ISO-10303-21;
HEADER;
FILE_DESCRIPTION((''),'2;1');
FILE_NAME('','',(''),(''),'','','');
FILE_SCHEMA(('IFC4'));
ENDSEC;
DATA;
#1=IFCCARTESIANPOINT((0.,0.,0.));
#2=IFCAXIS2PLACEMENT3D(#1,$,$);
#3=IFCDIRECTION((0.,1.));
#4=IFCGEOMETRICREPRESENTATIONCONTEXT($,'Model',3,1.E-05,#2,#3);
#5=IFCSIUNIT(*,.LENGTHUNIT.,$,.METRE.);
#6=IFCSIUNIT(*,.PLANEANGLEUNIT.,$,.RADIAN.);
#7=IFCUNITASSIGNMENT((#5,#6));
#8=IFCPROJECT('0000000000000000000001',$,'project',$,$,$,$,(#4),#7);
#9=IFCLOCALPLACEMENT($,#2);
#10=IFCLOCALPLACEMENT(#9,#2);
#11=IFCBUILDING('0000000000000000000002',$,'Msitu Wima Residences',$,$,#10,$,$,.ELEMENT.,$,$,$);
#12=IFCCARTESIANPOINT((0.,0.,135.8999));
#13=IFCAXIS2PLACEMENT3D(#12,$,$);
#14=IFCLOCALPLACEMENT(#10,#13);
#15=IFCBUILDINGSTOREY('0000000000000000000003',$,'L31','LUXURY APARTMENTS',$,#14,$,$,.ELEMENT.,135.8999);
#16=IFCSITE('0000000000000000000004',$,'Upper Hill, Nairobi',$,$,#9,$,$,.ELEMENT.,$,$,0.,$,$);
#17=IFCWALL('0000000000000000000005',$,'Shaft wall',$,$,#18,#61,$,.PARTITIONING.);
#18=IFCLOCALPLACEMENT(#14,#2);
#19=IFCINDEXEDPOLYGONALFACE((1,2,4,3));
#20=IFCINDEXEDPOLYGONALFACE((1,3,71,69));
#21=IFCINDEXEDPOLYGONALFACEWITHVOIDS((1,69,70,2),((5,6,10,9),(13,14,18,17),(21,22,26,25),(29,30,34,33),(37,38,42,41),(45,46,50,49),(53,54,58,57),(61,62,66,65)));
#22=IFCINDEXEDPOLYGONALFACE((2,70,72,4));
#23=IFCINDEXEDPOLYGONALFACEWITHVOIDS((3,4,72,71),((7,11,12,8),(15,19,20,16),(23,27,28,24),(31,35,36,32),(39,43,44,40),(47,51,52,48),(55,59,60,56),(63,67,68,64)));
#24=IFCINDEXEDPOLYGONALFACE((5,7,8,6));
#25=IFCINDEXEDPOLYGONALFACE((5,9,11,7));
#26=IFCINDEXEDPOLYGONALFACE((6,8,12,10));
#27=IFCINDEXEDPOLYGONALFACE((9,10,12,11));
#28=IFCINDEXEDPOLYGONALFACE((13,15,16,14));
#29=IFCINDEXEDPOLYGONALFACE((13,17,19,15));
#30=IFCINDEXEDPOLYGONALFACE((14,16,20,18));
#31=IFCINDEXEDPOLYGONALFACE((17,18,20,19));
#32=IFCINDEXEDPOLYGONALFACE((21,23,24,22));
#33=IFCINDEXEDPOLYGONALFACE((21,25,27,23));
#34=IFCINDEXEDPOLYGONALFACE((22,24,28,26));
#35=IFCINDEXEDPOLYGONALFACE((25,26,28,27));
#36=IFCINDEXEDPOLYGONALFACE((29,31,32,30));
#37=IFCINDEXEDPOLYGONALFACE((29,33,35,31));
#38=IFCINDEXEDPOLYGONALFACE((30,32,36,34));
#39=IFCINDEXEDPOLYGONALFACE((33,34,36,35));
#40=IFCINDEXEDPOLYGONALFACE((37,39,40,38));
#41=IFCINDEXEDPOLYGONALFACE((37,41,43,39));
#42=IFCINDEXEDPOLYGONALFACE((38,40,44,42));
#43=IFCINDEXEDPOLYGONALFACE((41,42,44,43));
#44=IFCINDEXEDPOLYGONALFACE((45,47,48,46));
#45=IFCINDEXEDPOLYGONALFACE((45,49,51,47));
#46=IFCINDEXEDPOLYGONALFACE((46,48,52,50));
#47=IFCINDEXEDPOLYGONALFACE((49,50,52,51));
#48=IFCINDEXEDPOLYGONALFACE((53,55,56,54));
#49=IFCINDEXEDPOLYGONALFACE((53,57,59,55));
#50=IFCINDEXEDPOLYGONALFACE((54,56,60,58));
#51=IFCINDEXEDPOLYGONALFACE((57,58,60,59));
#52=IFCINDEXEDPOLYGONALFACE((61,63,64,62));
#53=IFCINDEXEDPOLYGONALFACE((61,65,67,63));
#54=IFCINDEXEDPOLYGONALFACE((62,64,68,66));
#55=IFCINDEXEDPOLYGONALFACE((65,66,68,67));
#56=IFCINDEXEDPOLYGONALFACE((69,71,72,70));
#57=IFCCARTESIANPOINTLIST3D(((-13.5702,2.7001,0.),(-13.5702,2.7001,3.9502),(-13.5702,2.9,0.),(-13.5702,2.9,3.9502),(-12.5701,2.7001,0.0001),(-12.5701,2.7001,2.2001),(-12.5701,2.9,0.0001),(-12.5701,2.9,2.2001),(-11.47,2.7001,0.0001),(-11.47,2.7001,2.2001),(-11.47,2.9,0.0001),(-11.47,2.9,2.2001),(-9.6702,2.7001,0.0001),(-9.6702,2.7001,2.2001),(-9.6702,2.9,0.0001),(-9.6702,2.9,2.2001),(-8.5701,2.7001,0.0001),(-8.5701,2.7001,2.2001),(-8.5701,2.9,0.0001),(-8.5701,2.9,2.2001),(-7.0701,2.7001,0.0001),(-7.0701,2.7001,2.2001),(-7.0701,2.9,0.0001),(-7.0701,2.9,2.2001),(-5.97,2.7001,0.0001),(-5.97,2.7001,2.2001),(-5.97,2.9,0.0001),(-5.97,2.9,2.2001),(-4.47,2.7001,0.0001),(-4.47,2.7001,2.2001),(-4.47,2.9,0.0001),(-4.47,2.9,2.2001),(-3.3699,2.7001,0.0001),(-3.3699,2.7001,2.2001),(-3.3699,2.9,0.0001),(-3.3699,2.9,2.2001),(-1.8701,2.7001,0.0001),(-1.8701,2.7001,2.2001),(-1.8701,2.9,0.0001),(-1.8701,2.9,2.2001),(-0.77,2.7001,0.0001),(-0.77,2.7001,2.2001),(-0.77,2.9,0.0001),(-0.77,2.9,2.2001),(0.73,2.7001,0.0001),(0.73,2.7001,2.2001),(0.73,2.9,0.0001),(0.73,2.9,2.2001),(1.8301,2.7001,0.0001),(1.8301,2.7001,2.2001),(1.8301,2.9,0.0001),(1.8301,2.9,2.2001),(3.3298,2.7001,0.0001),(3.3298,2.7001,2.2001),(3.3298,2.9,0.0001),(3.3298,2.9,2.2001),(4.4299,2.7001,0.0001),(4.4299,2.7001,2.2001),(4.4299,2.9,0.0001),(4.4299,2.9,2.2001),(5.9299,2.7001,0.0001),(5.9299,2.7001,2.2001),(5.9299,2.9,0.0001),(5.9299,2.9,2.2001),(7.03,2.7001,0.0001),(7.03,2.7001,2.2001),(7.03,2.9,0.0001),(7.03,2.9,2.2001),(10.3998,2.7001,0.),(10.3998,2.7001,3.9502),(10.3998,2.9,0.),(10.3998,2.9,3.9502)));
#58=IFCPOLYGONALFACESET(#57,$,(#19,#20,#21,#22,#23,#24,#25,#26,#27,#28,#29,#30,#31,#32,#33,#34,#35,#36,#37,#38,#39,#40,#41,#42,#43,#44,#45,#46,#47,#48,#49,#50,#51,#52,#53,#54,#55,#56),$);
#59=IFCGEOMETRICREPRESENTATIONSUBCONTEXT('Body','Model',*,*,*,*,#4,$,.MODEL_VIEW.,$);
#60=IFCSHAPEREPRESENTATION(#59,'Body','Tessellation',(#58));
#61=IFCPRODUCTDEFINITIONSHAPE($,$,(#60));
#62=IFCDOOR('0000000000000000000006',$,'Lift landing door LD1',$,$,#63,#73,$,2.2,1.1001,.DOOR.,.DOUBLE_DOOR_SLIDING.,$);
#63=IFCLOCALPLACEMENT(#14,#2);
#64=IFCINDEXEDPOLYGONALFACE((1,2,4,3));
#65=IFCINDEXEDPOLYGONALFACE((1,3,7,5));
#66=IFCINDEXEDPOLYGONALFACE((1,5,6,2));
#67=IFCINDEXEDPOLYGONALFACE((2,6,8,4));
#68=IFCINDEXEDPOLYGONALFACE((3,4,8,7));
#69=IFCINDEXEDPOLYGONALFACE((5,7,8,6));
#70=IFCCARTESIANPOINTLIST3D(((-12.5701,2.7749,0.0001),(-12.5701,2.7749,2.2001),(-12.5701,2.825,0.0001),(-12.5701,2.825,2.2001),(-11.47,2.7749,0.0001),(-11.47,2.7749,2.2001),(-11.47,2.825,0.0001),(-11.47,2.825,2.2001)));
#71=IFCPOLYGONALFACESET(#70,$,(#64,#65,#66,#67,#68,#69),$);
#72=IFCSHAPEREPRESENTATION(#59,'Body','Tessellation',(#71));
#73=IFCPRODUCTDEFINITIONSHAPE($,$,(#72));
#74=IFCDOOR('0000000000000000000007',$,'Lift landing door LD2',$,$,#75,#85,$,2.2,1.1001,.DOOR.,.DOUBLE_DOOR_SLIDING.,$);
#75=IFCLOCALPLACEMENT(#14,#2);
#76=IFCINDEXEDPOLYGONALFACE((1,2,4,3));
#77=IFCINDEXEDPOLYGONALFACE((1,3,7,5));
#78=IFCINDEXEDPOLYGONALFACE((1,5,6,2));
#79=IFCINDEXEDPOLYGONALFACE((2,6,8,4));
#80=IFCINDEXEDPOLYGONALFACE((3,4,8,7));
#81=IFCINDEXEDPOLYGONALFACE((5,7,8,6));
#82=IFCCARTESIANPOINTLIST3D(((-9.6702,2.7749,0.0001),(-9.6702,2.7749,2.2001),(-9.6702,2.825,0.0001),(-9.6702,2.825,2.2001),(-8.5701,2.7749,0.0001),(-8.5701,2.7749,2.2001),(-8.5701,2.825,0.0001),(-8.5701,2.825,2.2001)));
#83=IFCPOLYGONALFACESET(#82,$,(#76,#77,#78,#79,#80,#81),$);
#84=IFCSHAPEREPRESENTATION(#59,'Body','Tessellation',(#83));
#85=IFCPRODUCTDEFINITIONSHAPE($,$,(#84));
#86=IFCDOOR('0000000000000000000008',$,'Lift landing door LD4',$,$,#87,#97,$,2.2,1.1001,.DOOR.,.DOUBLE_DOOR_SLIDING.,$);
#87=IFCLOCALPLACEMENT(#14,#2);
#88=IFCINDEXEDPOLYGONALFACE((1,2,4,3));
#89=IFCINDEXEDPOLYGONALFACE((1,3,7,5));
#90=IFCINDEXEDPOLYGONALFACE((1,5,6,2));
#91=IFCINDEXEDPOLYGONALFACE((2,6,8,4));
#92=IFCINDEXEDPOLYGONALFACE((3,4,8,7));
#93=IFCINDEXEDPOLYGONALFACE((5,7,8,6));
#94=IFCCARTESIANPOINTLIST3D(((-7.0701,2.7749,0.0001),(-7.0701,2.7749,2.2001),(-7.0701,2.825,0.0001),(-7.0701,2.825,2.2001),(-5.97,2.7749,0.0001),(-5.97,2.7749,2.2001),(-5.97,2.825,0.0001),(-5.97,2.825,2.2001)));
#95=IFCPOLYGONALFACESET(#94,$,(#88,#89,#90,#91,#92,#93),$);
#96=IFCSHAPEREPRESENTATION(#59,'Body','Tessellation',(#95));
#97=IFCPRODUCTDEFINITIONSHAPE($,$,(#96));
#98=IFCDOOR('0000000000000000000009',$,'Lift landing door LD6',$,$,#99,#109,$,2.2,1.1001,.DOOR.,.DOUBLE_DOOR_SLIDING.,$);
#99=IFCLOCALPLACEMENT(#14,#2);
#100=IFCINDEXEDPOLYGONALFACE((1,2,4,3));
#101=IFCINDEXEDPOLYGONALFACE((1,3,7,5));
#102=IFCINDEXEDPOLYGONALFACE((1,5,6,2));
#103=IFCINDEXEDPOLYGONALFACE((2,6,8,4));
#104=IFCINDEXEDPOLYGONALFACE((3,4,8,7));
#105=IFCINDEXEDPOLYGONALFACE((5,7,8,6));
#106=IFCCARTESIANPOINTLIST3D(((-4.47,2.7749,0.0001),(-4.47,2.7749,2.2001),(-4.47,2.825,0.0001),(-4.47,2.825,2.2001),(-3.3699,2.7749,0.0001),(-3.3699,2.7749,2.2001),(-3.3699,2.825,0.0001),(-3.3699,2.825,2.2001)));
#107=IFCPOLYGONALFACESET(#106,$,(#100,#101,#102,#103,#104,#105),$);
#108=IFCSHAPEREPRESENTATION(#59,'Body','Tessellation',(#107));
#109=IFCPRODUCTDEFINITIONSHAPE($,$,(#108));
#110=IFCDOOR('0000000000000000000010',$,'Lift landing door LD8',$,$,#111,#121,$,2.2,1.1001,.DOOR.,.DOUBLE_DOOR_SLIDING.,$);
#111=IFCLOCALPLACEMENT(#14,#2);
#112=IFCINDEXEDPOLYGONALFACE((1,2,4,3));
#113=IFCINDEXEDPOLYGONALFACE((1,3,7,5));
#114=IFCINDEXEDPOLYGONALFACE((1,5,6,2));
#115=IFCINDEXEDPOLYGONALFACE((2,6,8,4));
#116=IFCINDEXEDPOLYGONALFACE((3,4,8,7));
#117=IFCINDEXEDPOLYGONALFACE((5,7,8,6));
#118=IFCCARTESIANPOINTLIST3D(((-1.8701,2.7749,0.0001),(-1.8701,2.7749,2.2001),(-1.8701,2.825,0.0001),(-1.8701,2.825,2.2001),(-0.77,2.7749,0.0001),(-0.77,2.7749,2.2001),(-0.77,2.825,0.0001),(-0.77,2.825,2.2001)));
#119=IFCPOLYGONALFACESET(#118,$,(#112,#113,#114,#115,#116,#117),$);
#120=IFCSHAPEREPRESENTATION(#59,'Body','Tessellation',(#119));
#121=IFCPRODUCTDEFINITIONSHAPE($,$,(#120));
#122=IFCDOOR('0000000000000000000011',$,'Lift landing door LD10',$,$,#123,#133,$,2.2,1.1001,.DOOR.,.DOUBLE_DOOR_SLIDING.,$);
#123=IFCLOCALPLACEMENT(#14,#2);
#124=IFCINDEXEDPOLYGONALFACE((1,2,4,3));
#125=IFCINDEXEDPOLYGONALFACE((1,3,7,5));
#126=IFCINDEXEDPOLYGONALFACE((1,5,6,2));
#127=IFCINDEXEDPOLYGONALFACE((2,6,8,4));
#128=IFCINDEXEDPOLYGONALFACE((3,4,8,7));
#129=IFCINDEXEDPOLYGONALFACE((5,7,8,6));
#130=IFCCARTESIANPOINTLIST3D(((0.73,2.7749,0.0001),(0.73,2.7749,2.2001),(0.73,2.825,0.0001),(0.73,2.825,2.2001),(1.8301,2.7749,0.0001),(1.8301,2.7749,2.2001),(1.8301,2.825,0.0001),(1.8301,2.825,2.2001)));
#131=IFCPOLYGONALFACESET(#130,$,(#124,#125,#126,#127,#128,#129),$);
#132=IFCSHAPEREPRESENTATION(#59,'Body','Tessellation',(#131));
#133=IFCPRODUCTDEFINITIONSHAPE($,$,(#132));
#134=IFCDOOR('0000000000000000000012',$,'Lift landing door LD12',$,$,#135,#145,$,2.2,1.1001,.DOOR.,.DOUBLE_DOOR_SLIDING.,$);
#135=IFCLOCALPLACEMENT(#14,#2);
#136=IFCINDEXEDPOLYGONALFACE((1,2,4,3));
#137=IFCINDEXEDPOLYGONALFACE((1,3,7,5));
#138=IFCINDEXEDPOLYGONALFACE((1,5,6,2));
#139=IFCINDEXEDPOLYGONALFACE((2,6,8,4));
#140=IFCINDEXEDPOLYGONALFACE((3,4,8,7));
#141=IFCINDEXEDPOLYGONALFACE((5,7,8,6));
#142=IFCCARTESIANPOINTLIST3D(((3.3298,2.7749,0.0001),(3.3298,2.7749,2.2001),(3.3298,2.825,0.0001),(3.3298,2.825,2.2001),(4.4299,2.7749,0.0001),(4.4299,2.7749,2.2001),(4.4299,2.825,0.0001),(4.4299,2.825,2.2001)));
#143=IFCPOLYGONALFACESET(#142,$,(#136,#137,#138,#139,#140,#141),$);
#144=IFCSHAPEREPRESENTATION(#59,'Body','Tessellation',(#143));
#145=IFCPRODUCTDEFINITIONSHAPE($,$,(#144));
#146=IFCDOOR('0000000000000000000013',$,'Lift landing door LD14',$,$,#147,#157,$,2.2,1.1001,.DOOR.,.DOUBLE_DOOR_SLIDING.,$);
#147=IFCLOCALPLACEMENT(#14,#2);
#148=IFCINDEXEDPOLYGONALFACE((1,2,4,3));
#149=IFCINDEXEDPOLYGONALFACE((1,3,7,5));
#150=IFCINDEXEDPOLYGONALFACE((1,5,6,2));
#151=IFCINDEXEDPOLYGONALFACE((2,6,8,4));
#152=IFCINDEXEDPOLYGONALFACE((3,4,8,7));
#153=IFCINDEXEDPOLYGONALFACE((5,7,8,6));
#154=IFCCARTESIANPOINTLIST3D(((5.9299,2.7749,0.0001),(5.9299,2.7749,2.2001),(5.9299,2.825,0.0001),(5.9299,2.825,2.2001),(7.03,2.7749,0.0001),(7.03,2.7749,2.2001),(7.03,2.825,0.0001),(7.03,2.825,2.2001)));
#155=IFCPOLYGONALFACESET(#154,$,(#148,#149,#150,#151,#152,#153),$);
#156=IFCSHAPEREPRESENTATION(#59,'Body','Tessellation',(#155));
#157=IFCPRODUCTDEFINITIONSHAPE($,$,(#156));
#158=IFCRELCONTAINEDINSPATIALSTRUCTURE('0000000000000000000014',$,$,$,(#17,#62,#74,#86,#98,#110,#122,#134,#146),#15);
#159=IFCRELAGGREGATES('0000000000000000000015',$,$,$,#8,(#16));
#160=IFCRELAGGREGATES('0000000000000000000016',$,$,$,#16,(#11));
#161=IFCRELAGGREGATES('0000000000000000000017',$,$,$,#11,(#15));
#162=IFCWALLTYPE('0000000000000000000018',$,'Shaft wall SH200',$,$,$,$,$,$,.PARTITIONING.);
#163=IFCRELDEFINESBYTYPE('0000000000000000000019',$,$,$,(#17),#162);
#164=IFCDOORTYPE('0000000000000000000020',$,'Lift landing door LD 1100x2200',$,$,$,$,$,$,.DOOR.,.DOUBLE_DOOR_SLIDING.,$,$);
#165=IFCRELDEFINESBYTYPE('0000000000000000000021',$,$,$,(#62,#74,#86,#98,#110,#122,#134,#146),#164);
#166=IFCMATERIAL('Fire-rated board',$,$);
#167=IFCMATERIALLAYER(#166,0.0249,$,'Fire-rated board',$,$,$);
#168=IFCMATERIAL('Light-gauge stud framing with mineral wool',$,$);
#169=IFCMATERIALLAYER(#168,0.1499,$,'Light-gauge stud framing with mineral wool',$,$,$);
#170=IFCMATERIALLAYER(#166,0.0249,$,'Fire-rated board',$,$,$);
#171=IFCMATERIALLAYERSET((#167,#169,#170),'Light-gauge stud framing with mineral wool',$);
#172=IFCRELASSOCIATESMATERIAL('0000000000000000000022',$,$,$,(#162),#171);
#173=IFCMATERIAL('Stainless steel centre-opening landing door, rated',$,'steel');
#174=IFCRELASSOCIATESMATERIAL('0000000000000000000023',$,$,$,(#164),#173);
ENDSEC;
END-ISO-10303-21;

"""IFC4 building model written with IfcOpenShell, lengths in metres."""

from ifc_helpers import new_model, si_unit, direction, frame, frame_2d, origin, place, context, subcontext, project, spatial, rectangle, extrude, material, layer, layer_set, type_object, element, fill, save


model = new_model("IFC4")

# Units and contexts
model_context = context("Model", 3, precision=1e-05, world=origin(), true_north=direction((0.0, 1.0)))
body_context = subcontext(model_context, "Body", "Model", "MODEL_VIEW")
ifc_project = project(units=[si_unit("LENGTHUNIT", "METRE"), si_unit("PLANEANGLEUNIT", "RADIAN")], contexts=[model_context])

# Site, building, storey
site_placement = place(None, origin())
site = spatial("IfcSite", under=ifc_project, at=site_placement, Name="Upper Hill, Nairobi", CompositionType="ELEMENT", RefElevation=0.0)
building_placement = place(site_placement, origin())
building = spatial("IfcBuilding", under=site, at=building_placement, Name="Msitu Wima Residences", CompositionType="ELEMENT")
storey_placement = place(building_placement, frame((0.0, 0.0, 135.8999)))
storey = spatial("IfcBuildingStorey", under=building, at=storey_placement, Name="L31", Description="LUXURY APARTMENTS", CompositionType="ELEMENT", Elevation=135.8999)

# Shared definitions
ifc_material_1 = material(Name="Fire-rated board")
ifc_layer_1 = layer(ifc_material_1, 0.0249, Name="Fire-rated board")
ifc_material_2 = material(Name="Light-gauge stud framing with mineral wool")
ifc_layer_2 = layer(ifc_material_2, 0.1499, Name="Light-gauge stud framing with mineral wool")
ifc_layer_3 = layer(ifc_material_1, 0.0249, Name="Fire-rated board")
ifc_layer_set_1 = layer_set([ifc_layer_1, ifc_layer_2, ifc_layer_3], Name="Light-gauge stud framing with mineral wool")
wall_type_1 = type_object("IfcWallType", Name="Shaft wall SH200", PredefinedType="PARTITIONING", material=ifc_layer_set_1)

# Wall, openings, doors
wall_1_placement = place(storey_placement, frame((-13.5701, 2.8, 0.0), z_axis=(0.0, 0.0, 1.0), x_axis=(1.0, 0.0, 0.0)))
wall_1 = element("IfcWall", 1, at=wall_1_placement, inside=storey, type_object=wall_type_1, Name="Shaft wall", PredefinedType="PARTITIONING", context=body_context, shape_type="SweptSolid", body=[
    extrude(rectangle(XDim=23.97, YDim=0.2, at=frame_2d((11.9849, 0.0))), origin(), (0.0, 0.0, 1.0), 3.9502),
])
opening_1_placement = place(wall_1_placement, frame((1.0, 0.0, 0.0)))
opening_1 = element("IfcOpeningElement", 2, at=opening_1_placement, cuts=wall_1, PredefinedType="OPENING", context=body_context, shape_type="SweptSolid", body=[
    extrude(rectangle(XDim=1.1001, YDim=2.2, at=frame_2d((0.55, 1.1001))), frame((0.0, 0.1099, 0.0), z_axis=(0.0, -1.0, 0.0), x_axis=(1.0, 0.0, 0.0)), (0.0, 0.0, 1.0), 0.22),
])
opening_2_placement = place(wall_1_placement, frame((3.8999, 0.0, 0.0)))
opening_2 = element("IfcOpeningElement", 3, at=opening_2_placement, cuts=wall_1, PredefinedType="OPENING", context=body_context, shape_type="SweptSolid", body=[
    extrude(rectangle(XDim=1.1001, YDim=2.2, at=frame_2d((0.55, 1.1001))), frame((0.0, 0.1099, 0.0), z_axis=(0.0, -1.0, 0.0), x_axis=(1.0, 0.0, 0.0)), (0.0, 0.0, 1.0), 0.22),
])
opening_3_placement = place(wall_1_placement, frame((6.5, 0.0, 0.0)))
opening_3 = element("IfcOpeningElement", 4, at=opening_3_placement, cuts=wall_1, PredefinedType="OPENING", context=body_context, shape_type="SweptSolid", body=[
    extrude(rectangle(XDim=1.1001, YDim=2.2, at=frame_2d((0.55, 1.1001))), frame((0.0, 0.1099, 0.0), z_axis=(0.0, -1.0, 0.0), x_axis=(1.0, 0.0, 0.0)), (0.0, 0.0, 1.0), 0.22),
])
opening_4_placement = place(wall_1_placement, frame((9.1001, 0.0, 0.0)))
opening_4 = element("IfcOpeningElement", 5, at=opening_4_placement, cuts=wall_1, PredefinedType="OPENING", context=body_context, shape_type="SweptSolid", body=[
    extrude(rectangle(XDim=1.1001, YDim=2.2, at=frame_2d((0.55, 1.1001))), frame((0.0, 0.1099, 0.0), z_axis=(0.0, -1.0, 0.0), x_axis=(1.0, 0.0, 0.0)), (0.0, 0.0, 1.0), 0.22),
])
opening_5_placement = place(wall_1_placement, frame((11.7, 0.0, 0.0)))
opening_5 = element("IfcOpeningElement", 6, at=opening_5_placement, cuts=wall_1, PredefinedType="OPENING", context=body_context, shape_type="SweptSolid", body=[
    extrude(rectangle(XDim=1.1001, YDim=2.2, at=frame_2d((0.55, 1.1001))), frame((0.0, 0.1099, 0.0), z_axis=(0.0, -1.0, 0.0), x_axis=(1.0, 0.0, 0.0)), (0.0, 0.0, 1.0), 0.22),
])
opening_6_placement = place(wall_1_placement, frame((14.3, 0.0, 0.0)))
opening_6 = element("IfcOpeningElement", 7, at=opening_6_placement, cuts=wall_1, PredefinedType="OPENING", context=body_context, shape_type="SweptSolid", body=[
    extrude(rectangle(XDim=1.1001, YDim=2.2, at=frame_2d((0.55, 1.1001))), frame((0.0, 0.1099, 0.0), z_axis=(0.0, -1.0, 0.0), x_axis=(1.0, 0.0, 0.0)), (0.0, 0.0, 1.0), 0.22),
])
opening_7_placement = place(wall_1_placement, frame((16.8999, 0.0, 0.0)))
opening_7 = element("IfcOpeningElement", 8, at=opening_7_placement, cuts=wall_1, PredefinedType="OPENING", context=body_context, shape_type="SweptSolid", body=[
    extrude(rectangle(XDim=1.1001, YDim=2.2, at=frame_2d((0.55, 1.1001))), frame((0.0, 0.1099, 0.0), z_axis=(0.0, -1.0, 0.0), x_axis=(1.0, 0.0, 0.0)), (0.0, 0.0, 1.0), 0.22),
])
opening_8_placement = place(wall_1_placement, frame((19.5, 0.0, 0.0)))
opening_8 = element("IfcOpeningElement", 9, at=opening_8_placement, cuts=wall_1, PredefinedType="OPENING", context=body_context, shape_type="SweptSolid", body=[
    extrude(rectangle(XDim=1.1001, YDim=2.2, at=frame_2d((0.55, 1.1001))), frame((0.0, 0.1099, 0.0), z_axis=(0.0, -1.0, 0.0), x_axis=(1.0, 0.0, 0.0)), (0.0, 0.0, 1.0), 0.22),
])
ifc_material_3 = material(Name="Stainless steel centre-opening landing door, rated", Category="steel")
door_type_1 = type_object("IfcDoorType", Name="Lift landing door LD 1100x2200", OperationType="DOUBLE_DOOR_SLIDING", PredefinedType="DOOR", material=ifc_material_3)
door_1_placement = place(opening_1_placement, origin())
door_1 = element("IfcDoor", 10, at=door_1_placement, inside=storey, type_object=door_type_1, Name="Lift landing door LD1", OperationType="DOUBLE_DOOR_SLIDING", OverallHeight=2.2, OverallWidth=1.1001, PredefinedType="DOOR", context=body_context, shape_type="SweptSolid", body=[
    extrude(rectangle(XDim=1.1001, YDim=2.2, at=frame_2d((0.55, 1.1001))), frame((0.0, 0.0249, 0.0), z_axis=(0.0, -1.0, 0.0), x_axis=(1.0, 0.0, 0.0)), (0.0, 0.0, 1.0), 0.05),
])
fill(opening_1, door_1)
door_2_placement = place(opening_2_placement, origin())
door_2 = element("IfcDoor", 11, at=door_2_placement, inside=storey, type_object=door_type_1, Name="Lift landing door LD2", OperationType="DOUBLE_DOOR_SLIDING", OverallHeight=2.2, OverallWidth=1.1001, PredefinedType="DOOR", context=body_context, shape_type="SweptSolid", body=[
    extrude(rectangle(XDim=1.1001, YDim=2.2, at=frame_2d((0.55, 1.1001))), frame((0.0, 0.0249, 0.0), z_axis=(0.0, -1.0, 0.0), x_axis=(1.0, 0.0, 0.0)), (0.0, 0.0, 1.0), 0.05),
])
fill(opening_2, door_2)
door_3_placement = place(opening_3_placement, origin())
door_3 = element("IfcDoor", 12, at=door_3_placement, inside=storey, type_object=door_type_1, Name="Lift landing door LD4", OperationType="DOUBLE_DOOR_SLIDING", OverallHeight=2.2, OverallWidth=1.1001, PredefinedType="DOOR", context=body_context, shape_type="SweptSolid", body=[
    extrude(rectangle(XDim=1.1001, YDim=2.2, at=frame_2d((0.55, 1.1001))), frame((0.0, 0.0249, 0.0), z_axis=(0.0, -1.0, 0.0), x_axis=(1.0, 0.0, 0.0)), (0.0, 0.0, 1.0), 0.05),
])
fill(opening_3, door_3)
door_4_placement = place(opening_4_placement, origin())
door_4 = element("IfcDoor", 13, at=door_4_placement, inside=storey, type_object=door_type_1, Name="Lift landing door LD6", OperationType="DOUBLE_DOOR_SLIDING", OverallHeight=2.2, OverallWidth=1.1001, PredefinedType="DOOR", context=body_context, shape_type="SweptSolid", body=[
    extrude(rectangle(XDim=1.1001, YDim=2.2, at=frame_2d((0.55, 1.1001))), frame((0.0, 0.0249, 0.0), z_axis=(0.0, -1.0, 0.0), x_axis=(1.0, 0.0, 0.0)), (0.0, 0.0, 1.0), 0.05),
])
fill(opening_4, door_4)
door_5_placement = place(opening_5_placement, origin())
door_5 = element("IfcDoor", 14, at=door_5_placement, inside=storey, type_object=door_type_1, Name="Lift landing door LD8", OperationType="DOUBLE_DOOR_SLIDING", OverallHeight=2.2, OverallWidth=1.1001, PredefinedType="DOOR", context=body_context, shape_type="SweptSolid", body=[
    extrude(rectangle(XDim=1.1001, YDim=2.2, at=frame_2d((0.55, 1.1001))), frame((0.0, 0.0249, 0.0), z_axis=(0.0, -1.0, 0.0), x_axis=(1.0, 0.0, 0.0)), (0.0, 0.0, 1.0), 0.05),
])
fill(opening_5, door_5)
door_6_placement = place(opening_6_placement, origin())
door_6 = element("IfcDoor", 15, at=door_6_placement, inside=storey, type_object=door_type_1, Name="Lift landing door LD10", OperationType="DOUBLE_DOOR_SLIDING", OverallHeight=2.2, OverallWidth=1.1001, PredefinedType="DOOR", context=body_context, shape_type="SweptSolid", body=[
    extrude(rectangle(XDim=1.1001, YDim=2.2, at=frame_2d((0.55, 1.1001))), frame((0.0, 0.0249, 0.0), z_axis=(0.0, -1.0, 0.0), x_axis=(1.0, 0.0, 0.0)), (0.0, 0.0, 1.0), 0.05),
])
fill(opening_6, door_6)
door_7_placement = place(opening_7_placement, origin())
door_7 = element("IfcDoor", 16, at=door_7_placement, inside=storey, type_object=door_type_1, Name="Lift landing door LD12", OperationType="DOUBLE_DOOR_SLIDING", OverallHeight=2.2, OverallWidth=1.1001, PredefinedType="DOOR", context=body_context, shape_type="SweptSolid", body=[
    extrude(rectangle(XDim=1.1001, YDim=2.2, at=frame_2d((0.55, 1.1001))), frame((0.0, 0.0249, 0.0), z_axis=(0.0, -1.0, 0.0), x_axis=(1.0, 0.0, 0.0)), (0.0, 0.0, 1.0), 0.05),
])
fill(opening_7, door_7)
door_8_placement = place(opening_8_placement, origin())
door_8 = element("IfcDoor", 17, at=door_8_placement, inside=storey, type_object=door_type_1, Name="Lift landing door LD14", OperationType="DOUBLE_DOOR_SLIDING", OverallHeight=2.2, OverallWidth=1.1001, PredefinedType="DOOR", context=body_context, shape_type="SweptSolid", body=[
    extrude(rectangle(XDim=1.1001, YDim=2.2, at=frame_2d((0.55, 1.1001))), frame((0.0, 0.0249, 0.0), z_axis=(0.0, -1.0, 0.0), x_axis=(1.0, 0.0, 0.0)), (0.0, 0.0, 1.0), 0.05),
])
fill(opening_8, door_8)

save(model, "model.ifc")
